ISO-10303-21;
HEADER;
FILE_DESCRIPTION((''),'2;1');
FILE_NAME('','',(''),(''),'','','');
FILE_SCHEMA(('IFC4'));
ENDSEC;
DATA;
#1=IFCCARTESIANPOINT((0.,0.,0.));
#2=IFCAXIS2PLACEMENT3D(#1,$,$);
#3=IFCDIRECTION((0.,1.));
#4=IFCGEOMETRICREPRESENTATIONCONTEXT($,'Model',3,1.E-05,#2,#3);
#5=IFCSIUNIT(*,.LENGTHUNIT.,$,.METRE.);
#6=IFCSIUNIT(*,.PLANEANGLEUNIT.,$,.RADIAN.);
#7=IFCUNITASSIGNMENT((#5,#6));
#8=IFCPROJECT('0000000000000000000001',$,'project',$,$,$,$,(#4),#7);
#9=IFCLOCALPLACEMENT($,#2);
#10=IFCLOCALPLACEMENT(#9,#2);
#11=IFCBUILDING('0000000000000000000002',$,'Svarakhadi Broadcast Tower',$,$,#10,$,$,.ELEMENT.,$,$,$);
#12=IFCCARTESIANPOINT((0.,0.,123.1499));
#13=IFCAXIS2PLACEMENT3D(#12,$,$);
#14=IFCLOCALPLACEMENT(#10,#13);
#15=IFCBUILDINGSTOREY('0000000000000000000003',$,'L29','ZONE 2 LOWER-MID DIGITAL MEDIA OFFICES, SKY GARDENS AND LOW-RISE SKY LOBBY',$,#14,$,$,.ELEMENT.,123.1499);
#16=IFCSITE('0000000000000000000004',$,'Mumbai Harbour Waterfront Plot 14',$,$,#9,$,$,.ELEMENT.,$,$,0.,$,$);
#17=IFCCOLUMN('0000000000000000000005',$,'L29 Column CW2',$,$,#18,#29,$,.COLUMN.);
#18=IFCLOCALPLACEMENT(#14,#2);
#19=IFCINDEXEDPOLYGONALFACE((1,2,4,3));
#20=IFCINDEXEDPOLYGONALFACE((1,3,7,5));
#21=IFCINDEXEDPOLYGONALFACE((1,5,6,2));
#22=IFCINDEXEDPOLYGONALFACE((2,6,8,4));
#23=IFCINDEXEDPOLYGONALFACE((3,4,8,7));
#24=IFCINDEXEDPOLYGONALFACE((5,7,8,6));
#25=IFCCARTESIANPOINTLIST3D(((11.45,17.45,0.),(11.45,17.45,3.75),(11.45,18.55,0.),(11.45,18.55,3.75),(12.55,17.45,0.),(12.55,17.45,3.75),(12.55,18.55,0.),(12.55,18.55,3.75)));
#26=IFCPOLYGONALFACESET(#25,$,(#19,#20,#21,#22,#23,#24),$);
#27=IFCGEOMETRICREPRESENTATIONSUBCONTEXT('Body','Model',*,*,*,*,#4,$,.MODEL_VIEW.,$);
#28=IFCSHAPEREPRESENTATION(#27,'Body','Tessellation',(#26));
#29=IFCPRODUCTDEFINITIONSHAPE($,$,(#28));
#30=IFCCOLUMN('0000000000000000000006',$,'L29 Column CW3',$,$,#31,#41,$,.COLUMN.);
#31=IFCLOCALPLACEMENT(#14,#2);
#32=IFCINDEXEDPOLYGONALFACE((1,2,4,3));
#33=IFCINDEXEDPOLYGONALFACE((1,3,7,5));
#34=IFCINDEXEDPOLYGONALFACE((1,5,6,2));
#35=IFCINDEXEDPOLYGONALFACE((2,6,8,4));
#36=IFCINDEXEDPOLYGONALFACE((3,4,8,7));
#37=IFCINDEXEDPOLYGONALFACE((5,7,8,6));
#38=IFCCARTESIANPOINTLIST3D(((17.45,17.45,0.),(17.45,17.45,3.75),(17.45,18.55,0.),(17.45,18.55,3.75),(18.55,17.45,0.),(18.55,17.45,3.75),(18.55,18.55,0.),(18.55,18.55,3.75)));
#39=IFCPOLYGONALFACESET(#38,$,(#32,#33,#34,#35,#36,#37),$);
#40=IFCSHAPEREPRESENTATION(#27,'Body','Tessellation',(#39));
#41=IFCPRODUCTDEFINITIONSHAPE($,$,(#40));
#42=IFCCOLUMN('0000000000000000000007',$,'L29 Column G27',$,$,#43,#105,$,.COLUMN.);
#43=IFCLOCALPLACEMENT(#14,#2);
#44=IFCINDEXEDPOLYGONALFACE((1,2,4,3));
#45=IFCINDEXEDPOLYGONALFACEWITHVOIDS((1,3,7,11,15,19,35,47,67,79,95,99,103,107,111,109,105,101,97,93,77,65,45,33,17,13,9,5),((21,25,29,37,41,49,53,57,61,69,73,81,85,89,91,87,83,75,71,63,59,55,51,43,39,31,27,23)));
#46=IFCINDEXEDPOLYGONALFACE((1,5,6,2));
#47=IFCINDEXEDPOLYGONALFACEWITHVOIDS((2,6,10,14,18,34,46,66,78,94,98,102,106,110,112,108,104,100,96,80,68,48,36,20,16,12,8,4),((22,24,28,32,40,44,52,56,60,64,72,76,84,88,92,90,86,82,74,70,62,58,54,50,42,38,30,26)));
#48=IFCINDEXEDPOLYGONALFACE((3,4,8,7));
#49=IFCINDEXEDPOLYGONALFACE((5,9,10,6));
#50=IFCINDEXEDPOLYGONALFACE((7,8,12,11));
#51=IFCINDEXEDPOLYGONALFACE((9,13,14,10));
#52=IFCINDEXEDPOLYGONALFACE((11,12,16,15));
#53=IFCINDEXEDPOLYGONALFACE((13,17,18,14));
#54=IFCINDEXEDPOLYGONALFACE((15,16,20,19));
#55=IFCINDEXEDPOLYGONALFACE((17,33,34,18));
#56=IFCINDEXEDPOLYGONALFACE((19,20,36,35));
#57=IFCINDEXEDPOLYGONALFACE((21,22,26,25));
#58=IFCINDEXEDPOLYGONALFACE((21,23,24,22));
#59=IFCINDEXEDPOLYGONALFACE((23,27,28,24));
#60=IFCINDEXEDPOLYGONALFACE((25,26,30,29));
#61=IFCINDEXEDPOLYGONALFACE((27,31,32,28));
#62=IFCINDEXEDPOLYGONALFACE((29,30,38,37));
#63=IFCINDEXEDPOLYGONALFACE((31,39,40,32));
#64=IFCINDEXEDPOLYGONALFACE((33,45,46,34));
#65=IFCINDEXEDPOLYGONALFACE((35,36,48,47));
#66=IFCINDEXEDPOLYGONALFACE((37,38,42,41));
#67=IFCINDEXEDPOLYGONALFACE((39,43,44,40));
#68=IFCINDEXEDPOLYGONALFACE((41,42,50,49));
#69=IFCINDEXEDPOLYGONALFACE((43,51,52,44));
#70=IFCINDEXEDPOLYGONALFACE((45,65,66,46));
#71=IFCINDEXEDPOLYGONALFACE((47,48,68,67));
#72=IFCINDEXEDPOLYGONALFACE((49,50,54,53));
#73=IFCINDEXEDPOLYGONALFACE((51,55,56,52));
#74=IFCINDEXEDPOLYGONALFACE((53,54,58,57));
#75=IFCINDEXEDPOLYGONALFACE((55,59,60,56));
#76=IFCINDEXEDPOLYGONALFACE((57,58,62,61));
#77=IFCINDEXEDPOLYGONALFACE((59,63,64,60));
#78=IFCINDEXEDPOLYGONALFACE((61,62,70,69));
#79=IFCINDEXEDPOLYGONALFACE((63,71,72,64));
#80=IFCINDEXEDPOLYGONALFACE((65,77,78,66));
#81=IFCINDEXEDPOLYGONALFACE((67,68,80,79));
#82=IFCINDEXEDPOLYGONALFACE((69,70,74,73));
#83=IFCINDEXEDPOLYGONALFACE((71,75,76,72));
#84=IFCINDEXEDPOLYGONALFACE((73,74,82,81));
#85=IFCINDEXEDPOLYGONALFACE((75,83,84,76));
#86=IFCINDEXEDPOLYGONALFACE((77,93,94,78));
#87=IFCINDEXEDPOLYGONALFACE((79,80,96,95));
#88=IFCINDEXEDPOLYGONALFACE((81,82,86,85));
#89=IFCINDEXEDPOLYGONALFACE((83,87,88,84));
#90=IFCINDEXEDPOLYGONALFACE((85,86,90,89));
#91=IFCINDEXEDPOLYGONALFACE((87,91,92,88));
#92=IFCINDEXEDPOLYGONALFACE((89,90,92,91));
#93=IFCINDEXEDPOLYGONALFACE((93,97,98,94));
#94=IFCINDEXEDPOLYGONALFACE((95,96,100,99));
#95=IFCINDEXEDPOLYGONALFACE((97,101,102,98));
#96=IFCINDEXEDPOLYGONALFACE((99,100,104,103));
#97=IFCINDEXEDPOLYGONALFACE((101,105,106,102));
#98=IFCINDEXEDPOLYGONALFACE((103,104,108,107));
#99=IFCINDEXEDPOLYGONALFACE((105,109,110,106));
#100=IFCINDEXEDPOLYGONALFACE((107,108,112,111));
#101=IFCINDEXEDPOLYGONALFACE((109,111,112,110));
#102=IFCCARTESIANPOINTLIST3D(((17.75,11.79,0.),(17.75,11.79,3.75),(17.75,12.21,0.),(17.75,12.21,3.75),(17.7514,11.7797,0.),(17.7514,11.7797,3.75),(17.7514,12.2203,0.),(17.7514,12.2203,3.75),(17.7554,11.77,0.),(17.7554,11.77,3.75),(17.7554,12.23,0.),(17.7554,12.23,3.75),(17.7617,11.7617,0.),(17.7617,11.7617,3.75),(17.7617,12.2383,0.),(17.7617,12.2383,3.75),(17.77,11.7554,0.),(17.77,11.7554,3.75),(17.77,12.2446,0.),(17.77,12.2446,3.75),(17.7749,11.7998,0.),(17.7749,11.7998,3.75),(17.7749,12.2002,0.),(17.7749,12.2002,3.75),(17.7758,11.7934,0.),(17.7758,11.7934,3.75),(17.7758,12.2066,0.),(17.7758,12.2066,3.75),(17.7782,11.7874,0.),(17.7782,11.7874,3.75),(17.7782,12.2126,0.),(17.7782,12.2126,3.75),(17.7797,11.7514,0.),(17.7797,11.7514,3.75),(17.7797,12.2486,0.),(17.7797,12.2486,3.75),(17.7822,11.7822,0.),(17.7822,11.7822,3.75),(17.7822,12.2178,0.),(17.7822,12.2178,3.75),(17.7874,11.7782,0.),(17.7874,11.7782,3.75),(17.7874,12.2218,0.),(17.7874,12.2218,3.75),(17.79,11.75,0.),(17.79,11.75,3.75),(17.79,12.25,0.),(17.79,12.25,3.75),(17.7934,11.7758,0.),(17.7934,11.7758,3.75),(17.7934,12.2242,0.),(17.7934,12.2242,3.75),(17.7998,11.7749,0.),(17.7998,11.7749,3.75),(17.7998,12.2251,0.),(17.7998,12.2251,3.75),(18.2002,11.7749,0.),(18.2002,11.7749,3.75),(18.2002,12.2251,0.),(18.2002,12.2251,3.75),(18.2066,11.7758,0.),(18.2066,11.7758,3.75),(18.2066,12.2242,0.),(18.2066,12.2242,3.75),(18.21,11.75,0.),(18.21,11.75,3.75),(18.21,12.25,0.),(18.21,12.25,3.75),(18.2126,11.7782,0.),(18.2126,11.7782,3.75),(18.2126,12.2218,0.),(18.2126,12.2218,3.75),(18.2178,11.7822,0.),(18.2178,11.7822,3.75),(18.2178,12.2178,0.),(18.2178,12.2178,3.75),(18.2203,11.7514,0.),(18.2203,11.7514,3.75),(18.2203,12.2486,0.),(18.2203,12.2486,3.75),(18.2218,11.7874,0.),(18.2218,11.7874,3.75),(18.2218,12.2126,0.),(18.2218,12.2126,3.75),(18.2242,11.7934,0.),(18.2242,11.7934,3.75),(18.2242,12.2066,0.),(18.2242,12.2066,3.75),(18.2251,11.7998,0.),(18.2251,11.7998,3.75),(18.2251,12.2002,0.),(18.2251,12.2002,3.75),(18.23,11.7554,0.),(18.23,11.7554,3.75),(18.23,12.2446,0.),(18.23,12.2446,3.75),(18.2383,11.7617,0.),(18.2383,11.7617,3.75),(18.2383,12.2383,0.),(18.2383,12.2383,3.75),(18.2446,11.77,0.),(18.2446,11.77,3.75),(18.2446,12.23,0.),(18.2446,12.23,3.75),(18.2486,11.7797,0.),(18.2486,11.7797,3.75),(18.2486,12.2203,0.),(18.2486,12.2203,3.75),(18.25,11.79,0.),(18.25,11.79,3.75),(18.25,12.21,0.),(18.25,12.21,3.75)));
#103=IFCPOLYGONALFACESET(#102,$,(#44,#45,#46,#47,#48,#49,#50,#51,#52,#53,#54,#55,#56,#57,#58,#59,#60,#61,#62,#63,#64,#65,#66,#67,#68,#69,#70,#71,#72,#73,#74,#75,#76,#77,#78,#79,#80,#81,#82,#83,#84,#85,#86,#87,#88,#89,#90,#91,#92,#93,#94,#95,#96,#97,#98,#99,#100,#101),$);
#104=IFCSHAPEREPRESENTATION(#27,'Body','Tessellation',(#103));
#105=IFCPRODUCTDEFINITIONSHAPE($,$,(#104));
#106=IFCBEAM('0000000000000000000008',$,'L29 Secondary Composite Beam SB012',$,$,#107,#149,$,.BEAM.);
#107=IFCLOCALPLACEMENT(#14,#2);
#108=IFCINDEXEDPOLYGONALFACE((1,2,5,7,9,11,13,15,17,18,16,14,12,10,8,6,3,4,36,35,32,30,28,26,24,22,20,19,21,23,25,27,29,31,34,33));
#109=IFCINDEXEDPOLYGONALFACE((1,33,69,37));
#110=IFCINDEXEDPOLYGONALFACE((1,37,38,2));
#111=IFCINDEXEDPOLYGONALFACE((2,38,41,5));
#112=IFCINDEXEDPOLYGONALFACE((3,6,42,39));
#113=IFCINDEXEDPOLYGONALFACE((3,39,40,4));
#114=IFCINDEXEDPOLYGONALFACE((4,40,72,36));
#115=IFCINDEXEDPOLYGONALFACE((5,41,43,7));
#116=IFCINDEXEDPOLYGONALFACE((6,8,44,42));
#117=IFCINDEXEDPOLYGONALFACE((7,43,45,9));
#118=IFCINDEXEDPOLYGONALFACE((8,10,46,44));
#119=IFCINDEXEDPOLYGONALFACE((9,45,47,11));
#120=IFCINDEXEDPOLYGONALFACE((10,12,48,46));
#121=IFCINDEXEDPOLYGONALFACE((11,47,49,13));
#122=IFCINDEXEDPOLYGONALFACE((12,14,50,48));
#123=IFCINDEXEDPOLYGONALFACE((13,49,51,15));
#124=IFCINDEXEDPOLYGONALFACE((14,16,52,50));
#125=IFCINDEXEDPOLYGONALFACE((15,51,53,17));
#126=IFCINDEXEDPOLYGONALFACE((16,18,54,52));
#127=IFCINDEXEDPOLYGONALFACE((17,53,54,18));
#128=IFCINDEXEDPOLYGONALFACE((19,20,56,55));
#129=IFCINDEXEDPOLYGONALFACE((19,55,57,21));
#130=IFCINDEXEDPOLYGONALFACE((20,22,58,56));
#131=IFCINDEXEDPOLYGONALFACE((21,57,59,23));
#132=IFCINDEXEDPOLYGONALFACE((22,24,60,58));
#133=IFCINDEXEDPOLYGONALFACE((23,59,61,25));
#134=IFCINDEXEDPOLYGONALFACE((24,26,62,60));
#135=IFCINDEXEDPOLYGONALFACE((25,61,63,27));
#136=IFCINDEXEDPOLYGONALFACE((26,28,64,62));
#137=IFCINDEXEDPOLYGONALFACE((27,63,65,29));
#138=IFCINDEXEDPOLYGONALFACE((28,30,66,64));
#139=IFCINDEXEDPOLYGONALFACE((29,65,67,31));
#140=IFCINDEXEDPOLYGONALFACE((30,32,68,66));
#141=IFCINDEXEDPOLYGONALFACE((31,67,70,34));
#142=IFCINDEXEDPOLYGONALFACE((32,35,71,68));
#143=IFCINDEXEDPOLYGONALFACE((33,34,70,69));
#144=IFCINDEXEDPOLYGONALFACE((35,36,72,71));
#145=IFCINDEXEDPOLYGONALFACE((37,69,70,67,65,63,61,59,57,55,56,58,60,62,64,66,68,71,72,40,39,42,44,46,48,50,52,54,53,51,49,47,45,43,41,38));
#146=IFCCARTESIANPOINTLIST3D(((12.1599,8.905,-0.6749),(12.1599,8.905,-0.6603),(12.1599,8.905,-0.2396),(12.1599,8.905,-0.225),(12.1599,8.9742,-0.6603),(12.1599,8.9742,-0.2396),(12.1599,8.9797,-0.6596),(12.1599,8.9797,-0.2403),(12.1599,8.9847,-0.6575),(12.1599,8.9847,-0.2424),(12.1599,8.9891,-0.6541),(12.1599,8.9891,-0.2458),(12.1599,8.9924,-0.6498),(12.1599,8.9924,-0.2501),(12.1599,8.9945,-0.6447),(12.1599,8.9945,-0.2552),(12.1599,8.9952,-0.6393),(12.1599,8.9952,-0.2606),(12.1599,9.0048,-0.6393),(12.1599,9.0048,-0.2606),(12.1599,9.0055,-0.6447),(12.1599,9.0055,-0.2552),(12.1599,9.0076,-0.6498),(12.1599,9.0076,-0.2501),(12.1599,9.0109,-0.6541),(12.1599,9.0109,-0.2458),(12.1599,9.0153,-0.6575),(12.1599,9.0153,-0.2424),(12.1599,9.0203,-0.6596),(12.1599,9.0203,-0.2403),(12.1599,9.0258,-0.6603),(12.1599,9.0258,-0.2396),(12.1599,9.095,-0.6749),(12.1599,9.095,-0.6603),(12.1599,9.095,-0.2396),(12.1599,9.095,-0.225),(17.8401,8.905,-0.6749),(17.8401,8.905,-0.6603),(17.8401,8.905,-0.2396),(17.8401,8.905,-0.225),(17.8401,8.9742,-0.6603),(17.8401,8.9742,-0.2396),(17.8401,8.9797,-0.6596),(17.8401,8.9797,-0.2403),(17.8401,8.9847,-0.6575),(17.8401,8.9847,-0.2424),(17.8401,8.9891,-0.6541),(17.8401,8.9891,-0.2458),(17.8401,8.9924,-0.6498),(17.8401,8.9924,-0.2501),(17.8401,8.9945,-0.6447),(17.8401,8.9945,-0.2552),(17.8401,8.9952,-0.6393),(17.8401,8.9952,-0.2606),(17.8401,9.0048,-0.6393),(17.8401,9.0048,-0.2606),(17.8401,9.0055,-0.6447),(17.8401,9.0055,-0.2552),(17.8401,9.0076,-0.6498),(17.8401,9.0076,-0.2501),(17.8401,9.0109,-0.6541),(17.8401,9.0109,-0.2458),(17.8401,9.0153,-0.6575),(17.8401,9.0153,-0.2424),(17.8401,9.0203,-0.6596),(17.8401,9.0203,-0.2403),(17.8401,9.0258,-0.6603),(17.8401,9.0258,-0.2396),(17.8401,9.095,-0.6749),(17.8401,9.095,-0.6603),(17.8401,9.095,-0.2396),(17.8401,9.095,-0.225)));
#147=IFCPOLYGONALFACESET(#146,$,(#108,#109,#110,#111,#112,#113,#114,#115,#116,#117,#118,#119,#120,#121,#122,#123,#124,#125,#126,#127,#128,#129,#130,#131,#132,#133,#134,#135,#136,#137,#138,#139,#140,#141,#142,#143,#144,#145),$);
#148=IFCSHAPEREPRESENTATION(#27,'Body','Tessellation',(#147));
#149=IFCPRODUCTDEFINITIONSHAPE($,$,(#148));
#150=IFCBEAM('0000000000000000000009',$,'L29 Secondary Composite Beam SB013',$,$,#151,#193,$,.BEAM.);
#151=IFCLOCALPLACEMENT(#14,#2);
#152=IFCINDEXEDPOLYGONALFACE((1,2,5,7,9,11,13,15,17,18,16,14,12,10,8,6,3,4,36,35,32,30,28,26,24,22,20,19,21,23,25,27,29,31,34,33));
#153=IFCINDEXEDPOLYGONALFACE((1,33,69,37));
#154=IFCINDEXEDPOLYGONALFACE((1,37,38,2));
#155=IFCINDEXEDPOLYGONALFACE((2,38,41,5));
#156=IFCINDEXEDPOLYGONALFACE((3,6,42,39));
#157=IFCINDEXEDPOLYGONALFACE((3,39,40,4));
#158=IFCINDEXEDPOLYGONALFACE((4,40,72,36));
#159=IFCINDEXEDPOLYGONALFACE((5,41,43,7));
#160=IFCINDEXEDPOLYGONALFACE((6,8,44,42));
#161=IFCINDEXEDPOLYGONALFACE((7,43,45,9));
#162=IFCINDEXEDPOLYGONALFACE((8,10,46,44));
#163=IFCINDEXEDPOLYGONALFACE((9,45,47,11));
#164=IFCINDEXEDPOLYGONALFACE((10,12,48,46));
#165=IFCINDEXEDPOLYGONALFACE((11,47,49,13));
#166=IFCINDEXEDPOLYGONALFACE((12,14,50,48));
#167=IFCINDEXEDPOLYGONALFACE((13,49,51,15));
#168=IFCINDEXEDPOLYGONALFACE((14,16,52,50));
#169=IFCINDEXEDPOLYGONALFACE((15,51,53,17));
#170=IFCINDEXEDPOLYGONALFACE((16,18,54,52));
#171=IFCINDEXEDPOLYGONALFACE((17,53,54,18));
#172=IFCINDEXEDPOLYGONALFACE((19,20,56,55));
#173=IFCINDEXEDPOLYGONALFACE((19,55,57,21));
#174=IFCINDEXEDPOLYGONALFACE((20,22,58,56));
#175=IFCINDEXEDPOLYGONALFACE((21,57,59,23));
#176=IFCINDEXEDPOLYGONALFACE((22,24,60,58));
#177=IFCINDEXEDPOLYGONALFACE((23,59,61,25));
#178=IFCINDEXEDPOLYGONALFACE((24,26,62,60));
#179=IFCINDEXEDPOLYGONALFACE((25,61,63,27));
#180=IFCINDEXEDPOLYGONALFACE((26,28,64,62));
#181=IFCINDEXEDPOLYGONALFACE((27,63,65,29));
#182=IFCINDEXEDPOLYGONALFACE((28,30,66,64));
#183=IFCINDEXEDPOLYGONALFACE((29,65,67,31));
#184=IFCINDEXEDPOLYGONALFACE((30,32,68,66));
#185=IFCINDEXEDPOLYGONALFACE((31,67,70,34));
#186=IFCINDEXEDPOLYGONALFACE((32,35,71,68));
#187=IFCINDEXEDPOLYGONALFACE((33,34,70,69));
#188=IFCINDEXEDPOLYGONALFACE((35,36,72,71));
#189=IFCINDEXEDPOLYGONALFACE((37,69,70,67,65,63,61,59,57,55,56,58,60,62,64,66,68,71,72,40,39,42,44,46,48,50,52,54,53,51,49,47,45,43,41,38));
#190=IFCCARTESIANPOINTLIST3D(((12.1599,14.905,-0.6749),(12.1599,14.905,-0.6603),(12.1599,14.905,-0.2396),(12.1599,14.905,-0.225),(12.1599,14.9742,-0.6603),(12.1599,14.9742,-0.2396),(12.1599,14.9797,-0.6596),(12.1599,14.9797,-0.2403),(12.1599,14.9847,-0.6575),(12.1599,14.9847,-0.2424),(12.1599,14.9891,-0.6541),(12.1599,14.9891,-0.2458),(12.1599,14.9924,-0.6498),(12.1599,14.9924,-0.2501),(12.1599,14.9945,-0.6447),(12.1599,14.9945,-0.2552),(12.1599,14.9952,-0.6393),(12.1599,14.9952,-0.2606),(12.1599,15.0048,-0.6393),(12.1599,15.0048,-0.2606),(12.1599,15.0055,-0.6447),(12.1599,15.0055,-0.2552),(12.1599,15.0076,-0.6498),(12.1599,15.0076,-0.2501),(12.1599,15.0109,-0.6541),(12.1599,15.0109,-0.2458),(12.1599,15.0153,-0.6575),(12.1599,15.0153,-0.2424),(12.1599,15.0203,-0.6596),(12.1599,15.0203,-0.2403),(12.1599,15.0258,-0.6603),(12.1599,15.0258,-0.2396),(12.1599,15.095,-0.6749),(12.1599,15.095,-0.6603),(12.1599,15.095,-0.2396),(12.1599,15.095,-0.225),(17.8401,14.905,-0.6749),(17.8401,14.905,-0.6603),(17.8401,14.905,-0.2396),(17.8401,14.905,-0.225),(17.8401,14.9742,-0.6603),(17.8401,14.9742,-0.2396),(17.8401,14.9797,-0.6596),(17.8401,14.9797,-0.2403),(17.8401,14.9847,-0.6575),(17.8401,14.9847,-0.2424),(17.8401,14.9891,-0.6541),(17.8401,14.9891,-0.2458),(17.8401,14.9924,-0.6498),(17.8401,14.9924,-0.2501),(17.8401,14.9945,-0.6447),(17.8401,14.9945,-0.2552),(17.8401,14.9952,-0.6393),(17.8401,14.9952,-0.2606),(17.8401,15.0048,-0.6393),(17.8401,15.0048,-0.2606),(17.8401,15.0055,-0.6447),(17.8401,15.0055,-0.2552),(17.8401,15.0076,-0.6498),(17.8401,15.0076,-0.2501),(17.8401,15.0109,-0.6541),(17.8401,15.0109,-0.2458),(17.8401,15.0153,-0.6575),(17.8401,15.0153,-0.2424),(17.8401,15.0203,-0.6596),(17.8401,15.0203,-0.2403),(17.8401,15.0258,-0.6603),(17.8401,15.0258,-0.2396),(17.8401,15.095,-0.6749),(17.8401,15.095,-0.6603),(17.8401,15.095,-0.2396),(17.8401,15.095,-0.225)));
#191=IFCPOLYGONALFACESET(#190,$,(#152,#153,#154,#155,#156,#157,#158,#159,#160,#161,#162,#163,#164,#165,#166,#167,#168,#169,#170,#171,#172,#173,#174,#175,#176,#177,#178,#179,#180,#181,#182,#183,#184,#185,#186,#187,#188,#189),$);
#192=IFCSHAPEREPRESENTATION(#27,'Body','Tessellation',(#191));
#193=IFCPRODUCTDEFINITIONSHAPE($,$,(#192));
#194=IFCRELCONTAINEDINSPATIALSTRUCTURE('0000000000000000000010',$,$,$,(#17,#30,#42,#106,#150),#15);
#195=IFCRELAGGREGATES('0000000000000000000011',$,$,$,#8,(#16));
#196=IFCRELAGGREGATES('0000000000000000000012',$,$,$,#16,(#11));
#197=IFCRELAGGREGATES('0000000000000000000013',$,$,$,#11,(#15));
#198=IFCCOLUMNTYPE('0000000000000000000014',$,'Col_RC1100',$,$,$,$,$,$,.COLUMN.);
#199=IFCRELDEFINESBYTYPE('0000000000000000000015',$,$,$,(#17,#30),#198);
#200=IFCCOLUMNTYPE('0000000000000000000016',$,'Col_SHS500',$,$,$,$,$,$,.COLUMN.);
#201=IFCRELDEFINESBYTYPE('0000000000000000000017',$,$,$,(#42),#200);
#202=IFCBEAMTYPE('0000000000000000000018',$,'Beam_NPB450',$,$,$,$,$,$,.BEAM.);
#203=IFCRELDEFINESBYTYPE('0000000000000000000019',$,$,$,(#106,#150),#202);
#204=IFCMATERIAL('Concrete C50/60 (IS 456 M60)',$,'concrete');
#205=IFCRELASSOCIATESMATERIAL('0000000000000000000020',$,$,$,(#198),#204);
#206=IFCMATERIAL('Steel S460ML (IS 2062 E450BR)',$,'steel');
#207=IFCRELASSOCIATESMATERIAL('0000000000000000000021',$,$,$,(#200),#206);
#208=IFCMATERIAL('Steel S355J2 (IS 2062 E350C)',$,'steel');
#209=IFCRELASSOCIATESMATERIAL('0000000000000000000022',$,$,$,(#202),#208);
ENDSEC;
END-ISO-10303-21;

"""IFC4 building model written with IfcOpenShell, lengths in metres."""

from ifc_helpers import new_model, si_unit, direction, frame, origin, origin_2d, place, context, subcontext, project, spatial, rectangle, hollow_rectangle, i_section, extrude, material, material_profile, profile_set, type_object, element, save


model = new_model("IFC4")

# Units and contexts
model_context = context("Model", 3, precision=1e-05, world=origin(), true_north=direction((0.0, 1.0)))
body_context = subcontext(model_context, "Body", "Model", "MODEL_VIEW")
ifc_project = project(units=[si_unit("LENGTHUNIT", "METRE"), si_unit("PLANEANGLEUNIT", "RADIAN")], contexts=[model_context])

# Site, building, storey
site_placement = place(None, origin())
site = spatial("IfcSite", under=ifc_project, at=site_placement, Name="Mumbai Harbour Waterfront Plot 14", CompositionType="ELEMENT", RefElevation=0.0)
building_placement = place(site_placement, origin())
building = spatial("IfcBuilding", under=site, at=building_placement, Name="Svarakhadi Broadcast Tower", CompositionType="ELEMENT")
storey_placement = place(building_placement, frame((0.0, 0.0, 123.1499)))
storey = spatial("IfcBuildingStorey", under=building, at=storey_placement, Name="L29", Description="ZONE 2 LOWER-MID DIGITAL MEDIA OFFICES, SKY GARDENS AND LOW-RISE SKY LOBBY", CompositionType="ELEMENT", Elevation=123.1499)

# Columns
ifc_material_1 = material(Name="Concrete C50/60 (IS 456 M60)", Category="concrete")
ifc_material_profile_1 = material_profile(ifc_material_1, rectangle(XDim=1.1001, YDim=1.1001, at=origin_2d()), Name="RC 1100x1100")
ifc_profile_set_1 = profile_set([ifc_material_profile_1], Name="Concrete C50/60 (IS 456 M60)")
column_type_1 = type_object("IfcColumnType", Name="Col_RC1100", PredefinedType="COLUMN", material=ifc_profile_set_1)
for number, where, z_axis, x_axis, name in (
    (1, (12.0, 18.0, 0.0), (0.0, 0.0, 1.0), (1.0, 0.0, 0.0), "L29 Column CW2"),
    (2, (18.0, 18.0, 0.0), (0.0, 0.0, 1.0), (1.0, 0.0, 0.0), "L29 Column CW3"),
):
    element("IfcColumn", number, at=place(storey_placement, frame(where, z_axis=z_axis, x_axis=x_axis)), inside=storey, type_object=column_type_1, Name=name, PredefinedType="COLUMN", context=body_context, shape_type="SweptSolid", body=[
        extrude(rectangle(XDim=1.1001, YDim=1.1001, at=origin_2d()), origin(), (0.0, 0.0, 1.0), 3.75),
    ])
ifc_material_2 = material(Name="Steel S460ML (IS 2062 E450BR)", Category="steel")
ifc_material_profile_2 = material_profile(ifc_material_2, hollow_rectangle(XDim=0.5, YDim=0.5, WallThickness=0.0249, InnerFilletRadius=0.0249, OuterFilletRadius=0.04, at=origin_2d()), Name="SHS 500x500x25")
ifc_profile_set_2 = profile_set([ifc_material_profile_2], Name="Steel S460ML (IS 2062 E450BR)")
column_type_2 = type_object("IfcColumnType", Name="Col_SHS500", PredefinedType="COLUMN", material=ifc_profile_set_2)
column_placement = place(storey_placement, frame((18.0, 12.0, 0.0), z_axis=(0.0, 0.0, 1.0), x_axis=(1.0, 0.0, 0.0)))
element("IfcColumn", 3, at=column_placement, inside=storey, type_object=column_type_2, Name="L29 Column G27", PredefinedType="COLUMN", context=body_context, shape_type="SweptSolid", body=[
    extrude(hollow_rectangle(XDim=0.5, YDim=0.5, WallThickness=0.0249, InnerFilletRadius=0.0249, OuterFilletRadius=0.04, at=origin_2d()), origin(), (0.0, 0.0, 1.0), 3.75),
])

# Beams
ifc_material_3 = material(Name="Steel S355J2 (IS 2062 E350C)", Category="steel")
ifc_material_profile_3 = material_profile(ifc_material_3, i_section(OverallWidth=0.1899, OverallDepth=0.45, WebThickness=0.0095, FlangeThickness=0.0146, FilletRadius=0.021, at=origin_2d()), Name="NPB 450x190x78")
ifc_profile_set_3 = profile_set([ifc_material_profile_3], Name="Steel S355J2 (IS 2062 E350C)")
beam_type_1 = type_object("IfcBeamType", Name="Beam_NPB450", PredefinedType="BEAM", material=ifc_profile_set_3)
for number, where, z_axis, x_axis, name in (
    (4, (12.1599, 9.0, -0.45), (1.0, 0.0, 0.0), (0.0, 1.0, 0.0), "L29 Secondary Composite Beam SB012"),
    (5, (12.1599, 15.0, -0.45), (1.0, 0.0, 0.0), (0.0, 1.0, 0.0), "L29 Secondary Composite Beam SB013"),
):
    element("IfcBeam", number, at=place(storey_placement, frame(where, z_axis=z_axis, x_axis=x_axis)), inside=storey, type_object=beam_type_1, Name=name, PredefinedType="BEAM", context=body_context, shape_type="SweptSolid", body=[
        extrude(i_section(OverallWidth=0.1899, OverallDepth=0.45, WebThickness=0.0095, FlangeThickness=0.0146, FilletRadius=0.021, at=origin_2d()), origin(), (0.0, 0.0, 1.0), 5.6802),
    ])

save(model, "model.ifc")
